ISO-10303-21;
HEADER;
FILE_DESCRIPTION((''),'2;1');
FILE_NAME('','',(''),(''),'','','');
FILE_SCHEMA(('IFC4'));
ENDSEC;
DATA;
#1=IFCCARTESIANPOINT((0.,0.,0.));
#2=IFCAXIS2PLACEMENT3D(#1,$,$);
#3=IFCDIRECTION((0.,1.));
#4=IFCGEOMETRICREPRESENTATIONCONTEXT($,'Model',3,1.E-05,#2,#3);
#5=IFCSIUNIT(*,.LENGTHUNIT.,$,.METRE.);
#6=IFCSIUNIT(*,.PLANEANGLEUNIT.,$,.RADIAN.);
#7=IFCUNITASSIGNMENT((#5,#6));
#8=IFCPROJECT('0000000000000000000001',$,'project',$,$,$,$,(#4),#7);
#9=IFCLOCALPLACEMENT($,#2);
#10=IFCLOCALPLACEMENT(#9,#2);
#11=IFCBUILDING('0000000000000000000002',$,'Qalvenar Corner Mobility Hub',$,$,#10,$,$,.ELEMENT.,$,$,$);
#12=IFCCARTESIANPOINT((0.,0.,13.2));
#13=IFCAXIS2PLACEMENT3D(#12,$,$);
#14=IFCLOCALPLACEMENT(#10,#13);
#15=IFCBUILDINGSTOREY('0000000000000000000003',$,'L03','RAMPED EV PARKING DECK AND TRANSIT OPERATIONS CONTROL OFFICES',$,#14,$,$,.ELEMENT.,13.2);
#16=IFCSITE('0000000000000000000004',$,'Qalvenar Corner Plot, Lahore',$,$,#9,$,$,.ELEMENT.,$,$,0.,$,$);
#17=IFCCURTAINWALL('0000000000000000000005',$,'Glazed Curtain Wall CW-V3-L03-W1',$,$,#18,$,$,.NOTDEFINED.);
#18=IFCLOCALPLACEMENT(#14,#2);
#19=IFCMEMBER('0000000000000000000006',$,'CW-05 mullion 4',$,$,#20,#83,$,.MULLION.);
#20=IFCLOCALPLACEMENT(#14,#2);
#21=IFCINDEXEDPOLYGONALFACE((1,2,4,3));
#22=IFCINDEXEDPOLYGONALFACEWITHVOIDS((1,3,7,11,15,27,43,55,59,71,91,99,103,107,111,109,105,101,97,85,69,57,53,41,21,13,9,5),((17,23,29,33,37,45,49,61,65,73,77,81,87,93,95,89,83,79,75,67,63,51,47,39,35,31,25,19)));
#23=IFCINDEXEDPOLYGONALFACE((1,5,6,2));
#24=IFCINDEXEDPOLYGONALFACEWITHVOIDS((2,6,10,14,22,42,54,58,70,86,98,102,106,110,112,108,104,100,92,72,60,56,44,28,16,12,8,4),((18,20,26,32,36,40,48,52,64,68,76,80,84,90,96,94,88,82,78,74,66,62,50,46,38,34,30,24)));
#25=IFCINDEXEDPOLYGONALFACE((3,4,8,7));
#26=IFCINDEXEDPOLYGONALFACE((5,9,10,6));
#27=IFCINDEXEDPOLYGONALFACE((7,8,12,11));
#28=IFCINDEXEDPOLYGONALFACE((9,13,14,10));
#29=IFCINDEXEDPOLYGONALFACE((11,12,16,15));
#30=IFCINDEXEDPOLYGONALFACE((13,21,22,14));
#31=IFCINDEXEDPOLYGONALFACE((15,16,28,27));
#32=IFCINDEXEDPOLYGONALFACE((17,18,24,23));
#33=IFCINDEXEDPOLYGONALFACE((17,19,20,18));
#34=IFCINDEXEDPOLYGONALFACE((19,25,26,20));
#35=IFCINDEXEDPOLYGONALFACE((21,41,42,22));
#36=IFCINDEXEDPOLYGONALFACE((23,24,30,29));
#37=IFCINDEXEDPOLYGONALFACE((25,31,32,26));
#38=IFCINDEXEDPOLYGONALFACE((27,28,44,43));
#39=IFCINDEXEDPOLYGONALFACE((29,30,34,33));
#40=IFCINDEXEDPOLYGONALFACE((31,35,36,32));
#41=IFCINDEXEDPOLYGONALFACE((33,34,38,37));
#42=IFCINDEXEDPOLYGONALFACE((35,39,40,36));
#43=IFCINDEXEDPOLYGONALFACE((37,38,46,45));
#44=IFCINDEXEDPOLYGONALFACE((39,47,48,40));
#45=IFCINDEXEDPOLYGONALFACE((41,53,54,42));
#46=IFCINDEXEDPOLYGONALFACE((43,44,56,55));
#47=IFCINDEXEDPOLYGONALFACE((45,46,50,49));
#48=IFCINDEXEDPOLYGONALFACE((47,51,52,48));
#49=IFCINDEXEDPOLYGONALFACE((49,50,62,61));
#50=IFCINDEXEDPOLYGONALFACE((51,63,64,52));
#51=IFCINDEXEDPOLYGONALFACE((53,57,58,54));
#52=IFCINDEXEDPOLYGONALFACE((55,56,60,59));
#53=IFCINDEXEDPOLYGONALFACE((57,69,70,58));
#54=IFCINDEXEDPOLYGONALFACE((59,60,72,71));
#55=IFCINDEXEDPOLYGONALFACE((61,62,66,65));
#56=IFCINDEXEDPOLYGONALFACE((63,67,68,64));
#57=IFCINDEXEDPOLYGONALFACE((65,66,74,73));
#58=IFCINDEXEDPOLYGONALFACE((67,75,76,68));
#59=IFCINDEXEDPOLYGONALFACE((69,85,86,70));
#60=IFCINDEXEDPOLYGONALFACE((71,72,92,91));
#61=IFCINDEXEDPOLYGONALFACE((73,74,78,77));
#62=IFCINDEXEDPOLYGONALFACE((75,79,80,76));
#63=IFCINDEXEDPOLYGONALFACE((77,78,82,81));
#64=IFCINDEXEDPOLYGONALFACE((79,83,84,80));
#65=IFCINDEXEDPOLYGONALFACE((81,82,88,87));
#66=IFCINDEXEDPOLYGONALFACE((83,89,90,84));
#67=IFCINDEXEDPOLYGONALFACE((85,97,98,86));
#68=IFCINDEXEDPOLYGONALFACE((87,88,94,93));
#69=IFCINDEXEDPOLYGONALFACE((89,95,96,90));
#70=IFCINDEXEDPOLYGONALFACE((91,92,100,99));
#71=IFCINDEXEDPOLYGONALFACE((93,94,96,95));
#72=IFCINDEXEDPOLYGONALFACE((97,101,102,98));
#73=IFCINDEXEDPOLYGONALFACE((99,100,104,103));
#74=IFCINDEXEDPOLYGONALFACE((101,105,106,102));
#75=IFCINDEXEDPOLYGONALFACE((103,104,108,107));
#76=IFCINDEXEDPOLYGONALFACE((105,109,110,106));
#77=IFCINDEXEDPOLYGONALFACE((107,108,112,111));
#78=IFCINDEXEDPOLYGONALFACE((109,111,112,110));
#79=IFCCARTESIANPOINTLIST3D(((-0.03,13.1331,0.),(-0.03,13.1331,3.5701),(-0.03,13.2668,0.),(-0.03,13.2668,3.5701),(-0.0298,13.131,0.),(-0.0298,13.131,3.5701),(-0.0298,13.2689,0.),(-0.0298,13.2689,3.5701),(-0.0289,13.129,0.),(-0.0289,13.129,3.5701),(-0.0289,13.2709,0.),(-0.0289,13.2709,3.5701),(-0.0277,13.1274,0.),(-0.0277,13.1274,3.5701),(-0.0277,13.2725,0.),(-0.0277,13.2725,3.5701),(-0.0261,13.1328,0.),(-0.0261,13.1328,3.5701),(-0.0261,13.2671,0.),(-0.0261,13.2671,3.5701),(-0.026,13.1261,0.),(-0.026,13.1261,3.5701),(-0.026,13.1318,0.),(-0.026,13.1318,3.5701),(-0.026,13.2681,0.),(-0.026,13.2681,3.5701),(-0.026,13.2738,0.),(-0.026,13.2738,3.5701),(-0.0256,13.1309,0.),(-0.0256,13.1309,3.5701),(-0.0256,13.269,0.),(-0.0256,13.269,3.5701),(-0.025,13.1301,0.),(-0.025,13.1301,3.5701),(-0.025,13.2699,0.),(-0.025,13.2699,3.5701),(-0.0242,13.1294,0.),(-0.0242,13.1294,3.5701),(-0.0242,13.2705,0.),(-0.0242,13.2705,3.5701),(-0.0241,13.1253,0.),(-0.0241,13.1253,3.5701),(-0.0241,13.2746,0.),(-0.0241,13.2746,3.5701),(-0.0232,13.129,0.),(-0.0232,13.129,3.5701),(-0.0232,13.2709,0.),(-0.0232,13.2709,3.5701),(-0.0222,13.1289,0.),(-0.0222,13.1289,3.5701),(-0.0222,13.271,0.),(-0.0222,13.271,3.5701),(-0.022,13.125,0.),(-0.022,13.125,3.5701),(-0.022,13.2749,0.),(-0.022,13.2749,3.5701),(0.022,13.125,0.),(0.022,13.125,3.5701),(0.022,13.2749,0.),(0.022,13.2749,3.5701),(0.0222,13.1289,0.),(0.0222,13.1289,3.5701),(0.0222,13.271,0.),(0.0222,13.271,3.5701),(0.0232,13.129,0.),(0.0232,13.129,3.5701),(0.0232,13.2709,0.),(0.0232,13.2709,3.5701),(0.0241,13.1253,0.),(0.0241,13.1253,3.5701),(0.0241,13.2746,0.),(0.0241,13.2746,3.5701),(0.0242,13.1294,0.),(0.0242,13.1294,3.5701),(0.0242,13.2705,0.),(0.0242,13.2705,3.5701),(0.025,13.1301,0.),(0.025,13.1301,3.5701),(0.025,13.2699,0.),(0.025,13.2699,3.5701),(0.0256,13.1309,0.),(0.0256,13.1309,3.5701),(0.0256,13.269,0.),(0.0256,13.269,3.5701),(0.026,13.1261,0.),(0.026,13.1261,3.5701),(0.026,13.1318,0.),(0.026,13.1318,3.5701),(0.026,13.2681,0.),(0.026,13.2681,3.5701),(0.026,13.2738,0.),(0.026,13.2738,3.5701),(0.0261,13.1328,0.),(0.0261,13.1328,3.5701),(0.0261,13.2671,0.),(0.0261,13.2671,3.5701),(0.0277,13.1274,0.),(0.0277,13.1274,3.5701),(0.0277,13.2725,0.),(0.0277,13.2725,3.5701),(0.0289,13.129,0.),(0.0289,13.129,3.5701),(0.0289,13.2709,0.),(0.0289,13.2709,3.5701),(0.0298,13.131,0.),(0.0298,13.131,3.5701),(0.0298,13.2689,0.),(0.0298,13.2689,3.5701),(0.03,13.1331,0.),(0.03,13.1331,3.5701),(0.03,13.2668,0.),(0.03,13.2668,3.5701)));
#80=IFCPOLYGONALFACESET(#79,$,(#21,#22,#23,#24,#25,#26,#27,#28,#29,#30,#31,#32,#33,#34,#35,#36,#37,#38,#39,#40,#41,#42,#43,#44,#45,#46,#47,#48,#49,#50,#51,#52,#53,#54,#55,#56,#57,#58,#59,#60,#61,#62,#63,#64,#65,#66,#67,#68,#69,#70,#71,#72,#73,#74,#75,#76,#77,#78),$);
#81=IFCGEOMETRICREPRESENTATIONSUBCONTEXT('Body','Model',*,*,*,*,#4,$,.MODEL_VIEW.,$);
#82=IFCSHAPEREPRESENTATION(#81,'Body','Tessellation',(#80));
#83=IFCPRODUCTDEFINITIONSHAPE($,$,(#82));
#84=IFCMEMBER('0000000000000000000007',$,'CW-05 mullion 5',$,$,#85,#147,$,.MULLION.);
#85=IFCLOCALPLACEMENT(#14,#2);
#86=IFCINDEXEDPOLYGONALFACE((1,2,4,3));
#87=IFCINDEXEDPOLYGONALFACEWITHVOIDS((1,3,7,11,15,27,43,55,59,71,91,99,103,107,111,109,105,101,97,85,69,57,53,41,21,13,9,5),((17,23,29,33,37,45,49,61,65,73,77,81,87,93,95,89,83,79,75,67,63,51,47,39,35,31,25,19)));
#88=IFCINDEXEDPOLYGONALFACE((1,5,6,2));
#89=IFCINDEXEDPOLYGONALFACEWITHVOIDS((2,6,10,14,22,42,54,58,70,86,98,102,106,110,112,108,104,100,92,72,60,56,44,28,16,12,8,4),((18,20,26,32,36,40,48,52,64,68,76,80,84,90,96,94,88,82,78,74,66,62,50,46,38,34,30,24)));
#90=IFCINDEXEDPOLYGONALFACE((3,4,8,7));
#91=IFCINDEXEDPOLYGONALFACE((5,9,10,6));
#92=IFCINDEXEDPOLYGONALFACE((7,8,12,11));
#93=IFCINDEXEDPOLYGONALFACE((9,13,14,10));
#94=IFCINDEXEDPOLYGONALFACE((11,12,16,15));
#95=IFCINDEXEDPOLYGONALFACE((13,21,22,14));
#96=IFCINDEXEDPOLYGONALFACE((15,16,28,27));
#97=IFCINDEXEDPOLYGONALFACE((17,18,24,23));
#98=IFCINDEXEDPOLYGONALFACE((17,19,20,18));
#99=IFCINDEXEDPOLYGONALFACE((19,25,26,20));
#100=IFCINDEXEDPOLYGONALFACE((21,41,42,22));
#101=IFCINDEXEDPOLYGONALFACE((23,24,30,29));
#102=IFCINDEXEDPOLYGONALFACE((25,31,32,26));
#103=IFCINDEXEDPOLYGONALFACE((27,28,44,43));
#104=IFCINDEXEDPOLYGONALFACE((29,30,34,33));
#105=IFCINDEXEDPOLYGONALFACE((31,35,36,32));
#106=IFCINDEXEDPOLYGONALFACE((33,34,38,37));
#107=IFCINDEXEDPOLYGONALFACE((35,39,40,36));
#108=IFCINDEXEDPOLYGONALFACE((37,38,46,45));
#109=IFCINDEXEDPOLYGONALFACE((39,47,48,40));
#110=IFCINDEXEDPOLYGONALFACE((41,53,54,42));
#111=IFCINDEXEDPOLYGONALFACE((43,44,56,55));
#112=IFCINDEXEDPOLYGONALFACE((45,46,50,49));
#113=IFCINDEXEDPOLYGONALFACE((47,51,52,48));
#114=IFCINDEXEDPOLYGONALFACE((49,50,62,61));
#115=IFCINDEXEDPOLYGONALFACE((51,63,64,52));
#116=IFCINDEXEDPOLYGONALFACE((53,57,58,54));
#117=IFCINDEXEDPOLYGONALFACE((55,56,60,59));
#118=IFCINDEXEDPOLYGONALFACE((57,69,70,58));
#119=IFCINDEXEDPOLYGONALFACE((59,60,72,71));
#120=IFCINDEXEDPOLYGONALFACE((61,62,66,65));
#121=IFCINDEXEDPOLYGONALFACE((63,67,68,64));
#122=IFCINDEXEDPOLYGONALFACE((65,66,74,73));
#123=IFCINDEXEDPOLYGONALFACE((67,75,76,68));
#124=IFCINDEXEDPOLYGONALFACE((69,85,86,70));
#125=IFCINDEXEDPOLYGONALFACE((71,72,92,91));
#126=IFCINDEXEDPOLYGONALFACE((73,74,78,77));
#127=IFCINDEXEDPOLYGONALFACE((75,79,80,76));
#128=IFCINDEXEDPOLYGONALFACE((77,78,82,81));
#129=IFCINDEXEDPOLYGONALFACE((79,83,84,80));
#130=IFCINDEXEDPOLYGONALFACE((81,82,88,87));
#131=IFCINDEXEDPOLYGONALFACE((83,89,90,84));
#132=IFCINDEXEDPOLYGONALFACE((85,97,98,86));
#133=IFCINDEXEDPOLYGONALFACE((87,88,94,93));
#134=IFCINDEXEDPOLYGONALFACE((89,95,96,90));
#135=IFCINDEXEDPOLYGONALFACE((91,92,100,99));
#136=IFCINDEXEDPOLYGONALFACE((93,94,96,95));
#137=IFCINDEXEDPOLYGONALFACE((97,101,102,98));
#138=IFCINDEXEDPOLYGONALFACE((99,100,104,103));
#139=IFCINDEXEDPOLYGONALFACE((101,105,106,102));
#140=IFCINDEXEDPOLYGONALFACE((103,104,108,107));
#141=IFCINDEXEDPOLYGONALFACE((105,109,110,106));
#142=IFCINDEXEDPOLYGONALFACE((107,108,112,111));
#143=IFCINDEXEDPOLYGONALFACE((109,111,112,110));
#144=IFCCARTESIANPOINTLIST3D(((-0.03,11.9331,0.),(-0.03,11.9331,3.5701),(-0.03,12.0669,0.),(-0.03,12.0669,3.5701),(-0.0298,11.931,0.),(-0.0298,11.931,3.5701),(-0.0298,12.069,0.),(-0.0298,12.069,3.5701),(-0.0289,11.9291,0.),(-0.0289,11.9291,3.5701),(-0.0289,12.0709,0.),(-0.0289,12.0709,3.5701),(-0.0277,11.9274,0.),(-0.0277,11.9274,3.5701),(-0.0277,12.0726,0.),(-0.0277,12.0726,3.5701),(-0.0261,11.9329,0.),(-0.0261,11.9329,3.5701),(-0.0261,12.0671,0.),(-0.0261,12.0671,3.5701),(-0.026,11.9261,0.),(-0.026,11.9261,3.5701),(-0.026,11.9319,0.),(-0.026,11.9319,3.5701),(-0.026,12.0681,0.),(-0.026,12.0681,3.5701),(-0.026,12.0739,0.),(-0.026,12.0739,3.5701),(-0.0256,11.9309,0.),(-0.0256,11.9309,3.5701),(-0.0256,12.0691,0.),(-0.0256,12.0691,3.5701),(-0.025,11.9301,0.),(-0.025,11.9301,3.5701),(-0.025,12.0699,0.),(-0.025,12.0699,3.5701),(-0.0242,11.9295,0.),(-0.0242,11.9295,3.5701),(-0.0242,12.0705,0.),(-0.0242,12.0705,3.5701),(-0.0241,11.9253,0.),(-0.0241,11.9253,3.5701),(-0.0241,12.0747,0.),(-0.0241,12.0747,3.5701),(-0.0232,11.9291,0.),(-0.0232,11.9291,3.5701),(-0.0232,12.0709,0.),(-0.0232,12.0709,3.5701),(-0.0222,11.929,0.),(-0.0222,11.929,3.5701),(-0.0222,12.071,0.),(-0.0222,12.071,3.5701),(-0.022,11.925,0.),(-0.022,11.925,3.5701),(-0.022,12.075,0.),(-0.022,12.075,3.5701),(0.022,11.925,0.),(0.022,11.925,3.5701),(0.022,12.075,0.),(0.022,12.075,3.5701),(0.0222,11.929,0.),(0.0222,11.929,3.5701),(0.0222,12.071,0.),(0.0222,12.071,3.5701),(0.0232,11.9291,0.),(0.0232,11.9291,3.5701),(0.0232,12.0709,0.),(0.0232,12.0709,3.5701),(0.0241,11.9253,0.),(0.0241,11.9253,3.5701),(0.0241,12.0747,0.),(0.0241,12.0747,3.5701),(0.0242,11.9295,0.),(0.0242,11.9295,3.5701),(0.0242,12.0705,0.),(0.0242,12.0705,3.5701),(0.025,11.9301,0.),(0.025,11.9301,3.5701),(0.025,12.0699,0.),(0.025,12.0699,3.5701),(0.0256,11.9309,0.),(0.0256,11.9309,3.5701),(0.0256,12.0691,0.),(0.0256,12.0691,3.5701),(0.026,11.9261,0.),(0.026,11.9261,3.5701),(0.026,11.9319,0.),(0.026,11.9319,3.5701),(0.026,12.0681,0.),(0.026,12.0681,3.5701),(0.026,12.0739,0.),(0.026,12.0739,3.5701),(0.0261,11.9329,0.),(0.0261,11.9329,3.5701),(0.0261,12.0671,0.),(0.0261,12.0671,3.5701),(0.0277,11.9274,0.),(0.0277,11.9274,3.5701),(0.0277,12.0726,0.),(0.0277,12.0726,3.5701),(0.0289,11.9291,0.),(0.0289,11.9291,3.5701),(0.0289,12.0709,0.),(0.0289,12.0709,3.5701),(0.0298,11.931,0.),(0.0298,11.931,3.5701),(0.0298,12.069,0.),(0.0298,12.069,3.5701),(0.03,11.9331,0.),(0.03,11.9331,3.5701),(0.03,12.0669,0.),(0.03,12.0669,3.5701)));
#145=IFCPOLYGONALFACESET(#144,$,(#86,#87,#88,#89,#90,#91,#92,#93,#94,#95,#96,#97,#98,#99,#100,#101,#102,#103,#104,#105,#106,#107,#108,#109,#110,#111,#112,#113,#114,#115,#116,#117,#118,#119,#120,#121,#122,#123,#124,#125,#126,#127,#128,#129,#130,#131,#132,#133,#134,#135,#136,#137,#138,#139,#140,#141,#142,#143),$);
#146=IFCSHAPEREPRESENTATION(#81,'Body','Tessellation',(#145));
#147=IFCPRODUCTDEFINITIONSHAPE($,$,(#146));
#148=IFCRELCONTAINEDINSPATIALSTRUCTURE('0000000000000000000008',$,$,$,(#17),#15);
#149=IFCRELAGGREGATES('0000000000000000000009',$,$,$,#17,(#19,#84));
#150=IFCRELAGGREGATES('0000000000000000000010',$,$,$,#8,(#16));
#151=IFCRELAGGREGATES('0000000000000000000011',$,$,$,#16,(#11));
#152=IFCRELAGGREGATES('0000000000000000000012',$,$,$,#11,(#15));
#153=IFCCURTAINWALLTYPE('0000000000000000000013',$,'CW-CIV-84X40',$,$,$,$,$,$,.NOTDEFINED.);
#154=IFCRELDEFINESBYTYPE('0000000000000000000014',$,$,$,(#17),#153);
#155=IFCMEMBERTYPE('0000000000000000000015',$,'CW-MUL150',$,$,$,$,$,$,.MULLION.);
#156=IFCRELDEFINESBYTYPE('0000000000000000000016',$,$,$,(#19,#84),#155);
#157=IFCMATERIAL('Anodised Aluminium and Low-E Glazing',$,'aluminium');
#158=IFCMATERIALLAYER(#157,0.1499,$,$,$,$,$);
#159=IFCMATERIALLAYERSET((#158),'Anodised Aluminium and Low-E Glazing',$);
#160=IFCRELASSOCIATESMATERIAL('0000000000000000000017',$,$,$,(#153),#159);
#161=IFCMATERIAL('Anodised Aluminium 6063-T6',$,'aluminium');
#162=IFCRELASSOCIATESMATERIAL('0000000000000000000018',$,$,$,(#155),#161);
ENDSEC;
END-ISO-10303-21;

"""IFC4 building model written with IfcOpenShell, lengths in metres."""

from ifc_helpers import new_model, si_unit, direction, frame, origin, origin_2d, place, context, subcontext, project, spatial, hollow_rectangle, extrude, material, layer, layer_set, material_profile, profile_set, type_object, element, aggregate, save


model = new_model("IFC4")

# Units and contexts
model_context = context("Model", 3, precision=1e-05, world=origin(), true_north=direction((0.0, 1.0)))
body_context = subcontext(model_context, "Body", "Model", "MODEL_VIEW")
ifc_project = project(units=[si_unit("LENGTHUNIT", "METRE"), si_unit("PLANEANGLEUNIT", "RADIAN")], contexts=[model_context])

# Site, building, storey
site_placement = place(None, origin())
site = spatial("IfcSite", under=ifc_project, at=site_placement, Name="Qalvenar Corner Plot, Lahore", CompositionType="ELEMENT", RefElevation=0.0)
building_placement = place(site_placement, origin())
building = spatial("IfcBuilding", under=site, at=building_placement, Name="Qalvenar Corner Mobility Hub", CompositionType="ELEMENT")
storey_placement = place(building_placement, frame((0.0, 0.0, 13.2)))
storey = spatial("IfcBuildingStorey", under=building, at=storey_placement, Name="L03", Description="RAMPED EV PARKING DECK AND TRANSIT OPERATIONS CONTROL OFFICES", CompositionType="ELEMENT", Elevation=13.2)

# Curtain wall, members
ifc_material_1 = material(Name="Anodised Aluminium and Low-E Glazing", Category="aluminium")
ifc_layer_1 = layer(ifc_material_1, 0.1499)
ifc_layer_set_1 = layer_set([ifc_layer_1], Name="Anodised Aluminium and Low-E Glazing")
curtain_wall_type = type_object("IfcCurtainWallType", Name="CW-CIV-84X40", PredefinedType="NOTDEFINED", material=ifc_layer_set_1)
curtain_wall_placement = place(storey_placement, origin())
curtain_wall = element("IfcCurtainWall", 1, at=curtain_wall_placement, inside=storey, type_object=curtain_wall_type, Name="Glazed Curtain Wall CW-V3-L03-W1", PredefinedType="NOTDEFINED")
ifc_material_2 = material(Name="Anodised Aluminium 6063-T6", Category="aluminium")
ifc_material_profile_1 = material_profile(ifc_material_2, hollow_rectangle(XDim=0.0601, YDim=0.1499, WallThickness=0.0039, InnerFilletRadius=0.0039, OuterFilletRadius=0.0081, at=origin_2d()), Name="RHS150x60x4")
ifc_profile_set_1 = profile_set([ifc_material_profile_1], Name="Anodised Aluminium 6063-T6")
member_type_1 = type_object("IfcMemberType", Name="CW-MUL150", PredefinedType="MULLION", material=ifc_profile_set_1)
member_1_placement = place(storey_placement, frame((0.0, 13.2, 0.0), z_axis=(0.0, 0.0, 1.0), x_axis=(1.0, 0.0, 0.0)))
member_1 = element("IfcMember", 2, at=member_1_placement, type_object=member_type_1, Name="CW-05 mullion 4", PredefinedType="MULLION", context=body_context, shape_type="SweptSolid", body=[
    extrude(hollow_rectangle(XDim=0.0601, YDim=0.1499, WallThickness=0.0039, InnerFilletRadius=0.0039, OuterFilletRadius=0.0081, at=origin_2d()), origin(), (0.0, 0.0, 1.0), 3.5701),
])
member_2_placement = place(storey_placement, frame((0.0, 12.0, 0.0), z_axis=(0.0, 0.0, 1.0), x_axis=(1.0, 0.0, 0.0)))
member_2 = element("IfcMember", 3, at=member_2_placement, type_object=member_type_1, Name="CW-05 mullion 5", PredefinedType="MULLION", context=body_context, shape_type="SweptSolid", body=[
    extrude(hollow_rectangle(XDim=0.0601, YDim=0.1499, WallThickness=0.0039, InnerFilletRadius=0.0039, OuterFilletRadius=0.0081, at=origin_2d()), origin(), (0.0, 0.0, 1.0), 3.5701),
])
aggregate(curtain_wall, [member_1, member_2])

save(model, "model.ifc")
